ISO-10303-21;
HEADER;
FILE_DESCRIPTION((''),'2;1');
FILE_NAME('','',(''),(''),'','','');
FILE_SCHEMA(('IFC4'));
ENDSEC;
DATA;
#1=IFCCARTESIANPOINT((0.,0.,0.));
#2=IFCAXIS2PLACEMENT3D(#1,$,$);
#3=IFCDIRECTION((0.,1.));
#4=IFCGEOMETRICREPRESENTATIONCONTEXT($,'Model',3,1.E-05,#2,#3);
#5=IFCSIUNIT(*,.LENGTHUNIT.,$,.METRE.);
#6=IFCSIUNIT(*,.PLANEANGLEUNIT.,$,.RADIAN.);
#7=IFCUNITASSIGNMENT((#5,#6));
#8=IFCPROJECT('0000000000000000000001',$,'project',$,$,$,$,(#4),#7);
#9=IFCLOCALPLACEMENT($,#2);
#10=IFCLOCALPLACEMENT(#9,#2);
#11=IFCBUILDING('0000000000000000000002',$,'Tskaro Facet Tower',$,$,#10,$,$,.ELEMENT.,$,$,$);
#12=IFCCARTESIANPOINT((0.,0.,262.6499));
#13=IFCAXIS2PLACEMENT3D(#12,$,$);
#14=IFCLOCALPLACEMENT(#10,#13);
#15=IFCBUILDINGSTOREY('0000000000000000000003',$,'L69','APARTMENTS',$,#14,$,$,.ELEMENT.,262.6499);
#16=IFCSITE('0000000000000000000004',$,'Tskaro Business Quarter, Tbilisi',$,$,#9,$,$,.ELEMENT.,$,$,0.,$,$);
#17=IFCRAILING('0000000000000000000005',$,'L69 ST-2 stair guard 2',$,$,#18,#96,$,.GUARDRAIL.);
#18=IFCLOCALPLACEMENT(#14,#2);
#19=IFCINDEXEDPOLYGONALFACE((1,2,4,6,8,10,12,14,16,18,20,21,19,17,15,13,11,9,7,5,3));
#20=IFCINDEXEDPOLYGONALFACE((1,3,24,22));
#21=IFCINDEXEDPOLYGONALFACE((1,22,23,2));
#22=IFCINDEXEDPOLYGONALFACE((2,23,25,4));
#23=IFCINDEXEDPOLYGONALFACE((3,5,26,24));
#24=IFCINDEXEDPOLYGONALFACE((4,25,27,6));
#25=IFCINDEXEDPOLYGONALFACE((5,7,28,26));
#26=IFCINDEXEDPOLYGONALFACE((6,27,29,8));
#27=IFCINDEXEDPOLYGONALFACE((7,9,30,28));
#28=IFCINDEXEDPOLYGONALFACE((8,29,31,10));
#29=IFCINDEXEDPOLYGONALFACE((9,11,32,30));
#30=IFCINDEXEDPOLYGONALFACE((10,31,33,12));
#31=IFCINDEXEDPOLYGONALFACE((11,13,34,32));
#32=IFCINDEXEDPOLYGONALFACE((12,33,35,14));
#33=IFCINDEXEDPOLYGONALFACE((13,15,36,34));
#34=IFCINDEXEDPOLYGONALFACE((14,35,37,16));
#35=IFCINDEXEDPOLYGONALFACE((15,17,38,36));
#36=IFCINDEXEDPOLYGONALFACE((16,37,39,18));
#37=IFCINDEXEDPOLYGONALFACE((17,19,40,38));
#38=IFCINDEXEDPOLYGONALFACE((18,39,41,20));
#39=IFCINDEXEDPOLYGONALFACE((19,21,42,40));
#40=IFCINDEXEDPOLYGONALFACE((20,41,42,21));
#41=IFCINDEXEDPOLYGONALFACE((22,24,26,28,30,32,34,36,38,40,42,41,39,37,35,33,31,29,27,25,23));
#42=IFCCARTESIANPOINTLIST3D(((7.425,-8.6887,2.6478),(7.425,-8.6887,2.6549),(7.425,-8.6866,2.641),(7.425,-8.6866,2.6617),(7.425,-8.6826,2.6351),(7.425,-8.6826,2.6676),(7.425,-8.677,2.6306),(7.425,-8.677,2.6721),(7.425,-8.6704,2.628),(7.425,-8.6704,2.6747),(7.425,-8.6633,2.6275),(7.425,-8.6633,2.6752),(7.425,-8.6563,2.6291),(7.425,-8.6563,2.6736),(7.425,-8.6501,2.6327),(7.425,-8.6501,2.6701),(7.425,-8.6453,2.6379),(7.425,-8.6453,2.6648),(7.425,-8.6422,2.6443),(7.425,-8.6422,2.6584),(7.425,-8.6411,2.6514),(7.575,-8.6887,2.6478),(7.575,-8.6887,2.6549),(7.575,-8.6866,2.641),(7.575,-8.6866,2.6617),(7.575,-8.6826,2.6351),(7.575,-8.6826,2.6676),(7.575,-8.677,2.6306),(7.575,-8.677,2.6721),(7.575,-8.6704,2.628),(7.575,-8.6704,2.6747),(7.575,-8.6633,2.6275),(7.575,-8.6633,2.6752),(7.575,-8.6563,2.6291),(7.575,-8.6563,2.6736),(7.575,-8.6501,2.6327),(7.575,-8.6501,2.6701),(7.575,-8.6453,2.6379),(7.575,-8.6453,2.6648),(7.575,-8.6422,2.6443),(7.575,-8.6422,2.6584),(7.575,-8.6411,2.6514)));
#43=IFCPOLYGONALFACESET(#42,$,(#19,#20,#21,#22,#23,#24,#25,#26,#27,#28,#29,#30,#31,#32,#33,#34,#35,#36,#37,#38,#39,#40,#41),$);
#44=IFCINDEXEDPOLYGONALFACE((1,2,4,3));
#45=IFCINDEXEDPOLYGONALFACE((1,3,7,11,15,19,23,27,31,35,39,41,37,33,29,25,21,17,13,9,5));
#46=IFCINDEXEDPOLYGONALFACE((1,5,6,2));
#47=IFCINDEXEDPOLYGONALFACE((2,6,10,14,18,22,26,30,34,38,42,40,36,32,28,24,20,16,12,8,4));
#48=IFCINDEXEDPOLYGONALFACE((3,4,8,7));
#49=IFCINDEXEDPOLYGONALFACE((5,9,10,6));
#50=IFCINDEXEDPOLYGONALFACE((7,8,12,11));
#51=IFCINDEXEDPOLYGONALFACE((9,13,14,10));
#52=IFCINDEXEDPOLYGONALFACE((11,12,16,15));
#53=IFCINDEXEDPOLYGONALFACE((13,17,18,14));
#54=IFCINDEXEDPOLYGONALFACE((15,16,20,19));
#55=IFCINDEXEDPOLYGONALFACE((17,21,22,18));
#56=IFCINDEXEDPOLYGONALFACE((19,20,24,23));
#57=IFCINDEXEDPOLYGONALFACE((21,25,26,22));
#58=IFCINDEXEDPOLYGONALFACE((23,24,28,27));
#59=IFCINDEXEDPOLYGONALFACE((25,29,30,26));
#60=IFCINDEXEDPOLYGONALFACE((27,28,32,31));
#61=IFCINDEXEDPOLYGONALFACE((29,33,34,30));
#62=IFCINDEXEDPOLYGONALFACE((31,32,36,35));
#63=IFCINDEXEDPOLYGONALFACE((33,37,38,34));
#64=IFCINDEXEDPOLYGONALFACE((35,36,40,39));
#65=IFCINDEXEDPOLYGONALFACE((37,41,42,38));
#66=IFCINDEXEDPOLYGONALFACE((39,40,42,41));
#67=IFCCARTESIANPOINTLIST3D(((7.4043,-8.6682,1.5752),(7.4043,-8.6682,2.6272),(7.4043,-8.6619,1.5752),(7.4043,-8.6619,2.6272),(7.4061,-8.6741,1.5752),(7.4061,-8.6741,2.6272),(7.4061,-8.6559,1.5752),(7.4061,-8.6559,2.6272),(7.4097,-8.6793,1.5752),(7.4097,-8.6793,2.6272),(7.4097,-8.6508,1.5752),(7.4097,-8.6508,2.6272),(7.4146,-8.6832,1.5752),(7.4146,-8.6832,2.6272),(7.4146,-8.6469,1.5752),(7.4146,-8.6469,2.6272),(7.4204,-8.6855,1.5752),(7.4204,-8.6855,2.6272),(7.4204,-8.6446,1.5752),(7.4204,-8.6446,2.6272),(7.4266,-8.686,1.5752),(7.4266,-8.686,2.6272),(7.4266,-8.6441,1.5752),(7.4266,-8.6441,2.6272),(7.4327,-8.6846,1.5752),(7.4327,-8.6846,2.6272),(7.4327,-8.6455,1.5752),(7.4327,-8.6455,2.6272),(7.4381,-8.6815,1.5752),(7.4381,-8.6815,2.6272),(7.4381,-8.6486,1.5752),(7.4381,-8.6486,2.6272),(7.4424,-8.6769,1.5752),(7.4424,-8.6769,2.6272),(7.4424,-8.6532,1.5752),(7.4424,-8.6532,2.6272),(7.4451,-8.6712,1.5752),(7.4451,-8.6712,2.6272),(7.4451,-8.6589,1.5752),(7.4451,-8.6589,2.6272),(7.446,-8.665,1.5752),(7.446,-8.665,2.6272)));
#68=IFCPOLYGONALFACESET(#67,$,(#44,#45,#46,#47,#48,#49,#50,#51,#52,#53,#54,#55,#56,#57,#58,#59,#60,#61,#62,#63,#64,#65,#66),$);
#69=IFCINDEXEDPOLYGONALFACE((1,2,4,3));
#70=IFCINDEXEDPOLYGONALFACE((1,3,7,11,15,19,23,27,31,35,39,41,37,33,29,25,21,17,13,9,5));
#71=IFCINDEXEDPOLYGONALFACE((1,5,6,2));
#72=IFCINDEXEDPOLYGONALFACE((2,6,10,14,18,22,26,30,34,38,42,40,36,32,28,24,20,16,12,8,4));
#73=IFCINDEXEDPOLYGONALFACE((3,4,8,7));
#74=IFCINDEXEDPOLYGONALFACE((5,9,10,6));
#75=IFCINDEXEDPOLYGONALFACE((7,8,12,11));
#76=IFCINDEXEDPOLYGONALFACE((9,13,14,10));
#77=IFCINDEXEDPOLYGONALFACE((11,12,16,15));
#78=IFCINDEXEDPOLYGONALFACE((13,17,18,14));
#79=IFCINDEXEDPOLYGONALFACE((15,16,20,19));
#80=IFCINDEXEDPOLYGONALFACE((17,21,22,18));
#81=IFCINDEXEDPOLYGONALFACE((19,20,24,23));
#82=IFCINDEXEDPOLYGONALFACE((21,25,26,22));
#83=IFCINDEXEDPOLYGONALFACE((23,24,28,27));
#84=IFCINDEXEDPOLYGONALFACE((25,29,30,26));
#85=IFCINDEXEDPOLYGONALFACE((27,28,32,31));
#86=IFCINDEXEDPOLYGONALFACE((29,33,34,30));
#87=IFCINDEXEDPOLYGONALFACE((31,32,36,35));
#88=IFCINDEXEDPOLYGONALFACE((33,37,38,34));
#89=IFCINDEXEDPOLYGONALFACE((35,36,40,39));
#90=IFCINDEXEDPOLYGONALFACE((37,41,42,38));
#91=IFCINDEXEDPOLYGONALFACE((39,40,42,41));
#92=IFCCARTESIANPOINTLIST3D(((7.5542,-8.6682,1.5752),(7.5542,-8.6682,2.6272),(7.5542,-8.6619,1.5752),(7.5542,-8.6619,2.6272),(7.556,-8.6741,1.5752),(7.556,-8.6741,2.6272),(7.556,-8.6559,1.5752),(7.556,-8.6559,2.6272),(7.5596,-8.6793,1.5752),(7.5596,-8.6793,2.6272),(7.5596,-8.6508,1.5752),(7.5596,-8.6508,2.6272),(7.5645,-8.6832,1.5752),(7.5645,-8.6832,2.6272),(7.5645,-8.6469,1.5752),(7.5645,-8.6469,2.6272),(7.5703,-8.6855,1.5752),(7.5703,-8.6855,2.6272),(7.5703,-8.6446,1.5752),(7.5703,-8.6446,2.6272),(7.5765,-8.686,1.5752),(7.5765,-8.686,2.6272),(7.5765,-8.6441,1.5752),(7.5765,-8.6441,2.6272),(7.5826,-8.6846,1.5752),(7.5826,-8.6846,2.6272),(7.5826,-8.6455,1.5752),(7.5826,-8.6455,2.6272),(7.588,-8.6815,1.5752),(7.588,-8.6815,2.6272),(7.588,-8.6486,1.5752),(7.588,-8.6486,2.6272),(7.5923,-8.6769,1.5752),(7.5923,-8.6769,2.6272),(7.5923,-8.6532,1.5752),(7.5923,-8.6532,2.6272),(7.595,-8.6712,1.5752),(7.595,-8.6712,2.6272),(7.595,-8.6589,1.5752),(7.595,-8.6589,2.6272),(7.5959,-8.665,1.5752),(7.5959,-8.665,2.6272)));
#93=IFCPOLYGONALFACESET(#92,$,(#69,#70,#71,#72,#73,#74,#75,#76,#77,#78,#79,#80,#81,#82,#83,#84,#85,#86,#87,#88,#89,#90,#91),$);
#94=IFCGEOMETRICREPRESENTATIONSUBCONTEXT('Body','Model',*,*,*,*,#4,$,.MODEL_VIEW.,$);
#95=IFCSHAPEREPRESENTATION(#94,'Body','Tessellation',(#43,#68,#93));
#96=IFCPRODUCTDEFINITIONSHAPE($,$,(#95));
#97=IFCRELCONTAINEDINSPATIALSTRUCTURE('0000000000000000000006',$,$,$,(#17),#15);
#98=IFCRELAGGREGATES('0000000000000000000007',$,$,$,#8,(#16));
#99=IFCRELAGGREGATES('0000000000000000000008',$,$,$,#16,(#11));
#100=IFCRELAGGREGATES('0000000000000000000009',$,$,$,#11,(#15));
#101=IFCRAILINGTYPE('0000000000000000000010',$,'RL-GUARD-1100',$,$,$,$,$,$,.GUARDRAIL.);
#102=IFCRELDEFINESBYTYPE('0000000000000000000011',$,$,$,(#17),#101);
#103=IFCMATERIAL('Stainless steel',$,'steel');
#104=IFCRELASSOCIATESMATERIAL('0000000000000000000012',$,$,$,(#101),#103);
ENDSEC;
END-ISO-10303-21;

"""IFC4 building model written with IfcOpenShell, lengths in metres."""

from ifc_helpers import new_model, si_unit, direction, frame, origin, origin_2d, place, context, subcontext, project, spatial, circle, extrude, material, type_object, element, save


model = new_model("IFC4")

# Units and contexts
model_context = context("Model", 3, precision=1e-05, world=origin(), true_north=direction((0.0, 1.0)))
body_context = subcontext(model_context, "Body", "Model", "MODEL_VIEW")
ifc_project = project(units=[si_unit("LENGTHUNIT", "METRE"), si_unit("PLANEANGLEUNIT", "RADIAN")], contexts=[model_context])

# Site, building, storey
site_placement = place(None, origin())
site = spatial("IfcSite", under=ifc_project, at=site_placement, Name="Tskaro Business Quarter, Tbilisi", CompositionType="ELEMENT", RefElevation=0.0)
building_placement = place(site_placement, origin())
building = spatial("IfcBuilding", under=site, at=building_placement, Name="Tskaro Facet Tower", CompositionType="ELEMENT")
storey_placement = place(building_placement, frame((0.0, 0.0, 262.6499)))
storey = spatial("IfcBuildingStorey", under=building, at=storey_placement, Name="L69", Description="APARTMENTS", CompositionType="ELEMENT", Elevation=262.6499)

# Railing
ifc_material_1 = material(Name="Stainless steel", Category="steel")
railing_type_1 = type_object("IfcRailingType", Name="RL-GUARD-1100", PredefinedType="GUARDRAIL", material=ifc_material_1)
railing_1_placement = place(storey_placement, frame((7.425, -8.665, 1.5752)))
element("IfcRailing", 1, at=railing_1_placement, inside=storey, type_object=railing_type_1, Name="L69 ST-2 stair guard 2", PredefinedType="GUARDRAIL", context=body_context, shape_type="SweptSolid", body=[
    extrude(circle(Radius=0.0239, at=origin_2d()), frame((0.0, 0.0, 1.0762), z_axis=(1.0, 0.0, 0.0), x_axis=(0.0, 1.0, 0.0)), (0.0, 0.0, 1.0), 0.1499),
    extrude(circle(Radius=0.021, at=origin_2d()), origin(), (0.0, 0.0, 1.0), 1.052),
    extrude(circle(Radius=0.021, at=origin_2d()), frame((0.1499, 0.0, 0.0)), (0.0, 0.0, 1.0), 1.052),
])

save(model, "model.ifc")
